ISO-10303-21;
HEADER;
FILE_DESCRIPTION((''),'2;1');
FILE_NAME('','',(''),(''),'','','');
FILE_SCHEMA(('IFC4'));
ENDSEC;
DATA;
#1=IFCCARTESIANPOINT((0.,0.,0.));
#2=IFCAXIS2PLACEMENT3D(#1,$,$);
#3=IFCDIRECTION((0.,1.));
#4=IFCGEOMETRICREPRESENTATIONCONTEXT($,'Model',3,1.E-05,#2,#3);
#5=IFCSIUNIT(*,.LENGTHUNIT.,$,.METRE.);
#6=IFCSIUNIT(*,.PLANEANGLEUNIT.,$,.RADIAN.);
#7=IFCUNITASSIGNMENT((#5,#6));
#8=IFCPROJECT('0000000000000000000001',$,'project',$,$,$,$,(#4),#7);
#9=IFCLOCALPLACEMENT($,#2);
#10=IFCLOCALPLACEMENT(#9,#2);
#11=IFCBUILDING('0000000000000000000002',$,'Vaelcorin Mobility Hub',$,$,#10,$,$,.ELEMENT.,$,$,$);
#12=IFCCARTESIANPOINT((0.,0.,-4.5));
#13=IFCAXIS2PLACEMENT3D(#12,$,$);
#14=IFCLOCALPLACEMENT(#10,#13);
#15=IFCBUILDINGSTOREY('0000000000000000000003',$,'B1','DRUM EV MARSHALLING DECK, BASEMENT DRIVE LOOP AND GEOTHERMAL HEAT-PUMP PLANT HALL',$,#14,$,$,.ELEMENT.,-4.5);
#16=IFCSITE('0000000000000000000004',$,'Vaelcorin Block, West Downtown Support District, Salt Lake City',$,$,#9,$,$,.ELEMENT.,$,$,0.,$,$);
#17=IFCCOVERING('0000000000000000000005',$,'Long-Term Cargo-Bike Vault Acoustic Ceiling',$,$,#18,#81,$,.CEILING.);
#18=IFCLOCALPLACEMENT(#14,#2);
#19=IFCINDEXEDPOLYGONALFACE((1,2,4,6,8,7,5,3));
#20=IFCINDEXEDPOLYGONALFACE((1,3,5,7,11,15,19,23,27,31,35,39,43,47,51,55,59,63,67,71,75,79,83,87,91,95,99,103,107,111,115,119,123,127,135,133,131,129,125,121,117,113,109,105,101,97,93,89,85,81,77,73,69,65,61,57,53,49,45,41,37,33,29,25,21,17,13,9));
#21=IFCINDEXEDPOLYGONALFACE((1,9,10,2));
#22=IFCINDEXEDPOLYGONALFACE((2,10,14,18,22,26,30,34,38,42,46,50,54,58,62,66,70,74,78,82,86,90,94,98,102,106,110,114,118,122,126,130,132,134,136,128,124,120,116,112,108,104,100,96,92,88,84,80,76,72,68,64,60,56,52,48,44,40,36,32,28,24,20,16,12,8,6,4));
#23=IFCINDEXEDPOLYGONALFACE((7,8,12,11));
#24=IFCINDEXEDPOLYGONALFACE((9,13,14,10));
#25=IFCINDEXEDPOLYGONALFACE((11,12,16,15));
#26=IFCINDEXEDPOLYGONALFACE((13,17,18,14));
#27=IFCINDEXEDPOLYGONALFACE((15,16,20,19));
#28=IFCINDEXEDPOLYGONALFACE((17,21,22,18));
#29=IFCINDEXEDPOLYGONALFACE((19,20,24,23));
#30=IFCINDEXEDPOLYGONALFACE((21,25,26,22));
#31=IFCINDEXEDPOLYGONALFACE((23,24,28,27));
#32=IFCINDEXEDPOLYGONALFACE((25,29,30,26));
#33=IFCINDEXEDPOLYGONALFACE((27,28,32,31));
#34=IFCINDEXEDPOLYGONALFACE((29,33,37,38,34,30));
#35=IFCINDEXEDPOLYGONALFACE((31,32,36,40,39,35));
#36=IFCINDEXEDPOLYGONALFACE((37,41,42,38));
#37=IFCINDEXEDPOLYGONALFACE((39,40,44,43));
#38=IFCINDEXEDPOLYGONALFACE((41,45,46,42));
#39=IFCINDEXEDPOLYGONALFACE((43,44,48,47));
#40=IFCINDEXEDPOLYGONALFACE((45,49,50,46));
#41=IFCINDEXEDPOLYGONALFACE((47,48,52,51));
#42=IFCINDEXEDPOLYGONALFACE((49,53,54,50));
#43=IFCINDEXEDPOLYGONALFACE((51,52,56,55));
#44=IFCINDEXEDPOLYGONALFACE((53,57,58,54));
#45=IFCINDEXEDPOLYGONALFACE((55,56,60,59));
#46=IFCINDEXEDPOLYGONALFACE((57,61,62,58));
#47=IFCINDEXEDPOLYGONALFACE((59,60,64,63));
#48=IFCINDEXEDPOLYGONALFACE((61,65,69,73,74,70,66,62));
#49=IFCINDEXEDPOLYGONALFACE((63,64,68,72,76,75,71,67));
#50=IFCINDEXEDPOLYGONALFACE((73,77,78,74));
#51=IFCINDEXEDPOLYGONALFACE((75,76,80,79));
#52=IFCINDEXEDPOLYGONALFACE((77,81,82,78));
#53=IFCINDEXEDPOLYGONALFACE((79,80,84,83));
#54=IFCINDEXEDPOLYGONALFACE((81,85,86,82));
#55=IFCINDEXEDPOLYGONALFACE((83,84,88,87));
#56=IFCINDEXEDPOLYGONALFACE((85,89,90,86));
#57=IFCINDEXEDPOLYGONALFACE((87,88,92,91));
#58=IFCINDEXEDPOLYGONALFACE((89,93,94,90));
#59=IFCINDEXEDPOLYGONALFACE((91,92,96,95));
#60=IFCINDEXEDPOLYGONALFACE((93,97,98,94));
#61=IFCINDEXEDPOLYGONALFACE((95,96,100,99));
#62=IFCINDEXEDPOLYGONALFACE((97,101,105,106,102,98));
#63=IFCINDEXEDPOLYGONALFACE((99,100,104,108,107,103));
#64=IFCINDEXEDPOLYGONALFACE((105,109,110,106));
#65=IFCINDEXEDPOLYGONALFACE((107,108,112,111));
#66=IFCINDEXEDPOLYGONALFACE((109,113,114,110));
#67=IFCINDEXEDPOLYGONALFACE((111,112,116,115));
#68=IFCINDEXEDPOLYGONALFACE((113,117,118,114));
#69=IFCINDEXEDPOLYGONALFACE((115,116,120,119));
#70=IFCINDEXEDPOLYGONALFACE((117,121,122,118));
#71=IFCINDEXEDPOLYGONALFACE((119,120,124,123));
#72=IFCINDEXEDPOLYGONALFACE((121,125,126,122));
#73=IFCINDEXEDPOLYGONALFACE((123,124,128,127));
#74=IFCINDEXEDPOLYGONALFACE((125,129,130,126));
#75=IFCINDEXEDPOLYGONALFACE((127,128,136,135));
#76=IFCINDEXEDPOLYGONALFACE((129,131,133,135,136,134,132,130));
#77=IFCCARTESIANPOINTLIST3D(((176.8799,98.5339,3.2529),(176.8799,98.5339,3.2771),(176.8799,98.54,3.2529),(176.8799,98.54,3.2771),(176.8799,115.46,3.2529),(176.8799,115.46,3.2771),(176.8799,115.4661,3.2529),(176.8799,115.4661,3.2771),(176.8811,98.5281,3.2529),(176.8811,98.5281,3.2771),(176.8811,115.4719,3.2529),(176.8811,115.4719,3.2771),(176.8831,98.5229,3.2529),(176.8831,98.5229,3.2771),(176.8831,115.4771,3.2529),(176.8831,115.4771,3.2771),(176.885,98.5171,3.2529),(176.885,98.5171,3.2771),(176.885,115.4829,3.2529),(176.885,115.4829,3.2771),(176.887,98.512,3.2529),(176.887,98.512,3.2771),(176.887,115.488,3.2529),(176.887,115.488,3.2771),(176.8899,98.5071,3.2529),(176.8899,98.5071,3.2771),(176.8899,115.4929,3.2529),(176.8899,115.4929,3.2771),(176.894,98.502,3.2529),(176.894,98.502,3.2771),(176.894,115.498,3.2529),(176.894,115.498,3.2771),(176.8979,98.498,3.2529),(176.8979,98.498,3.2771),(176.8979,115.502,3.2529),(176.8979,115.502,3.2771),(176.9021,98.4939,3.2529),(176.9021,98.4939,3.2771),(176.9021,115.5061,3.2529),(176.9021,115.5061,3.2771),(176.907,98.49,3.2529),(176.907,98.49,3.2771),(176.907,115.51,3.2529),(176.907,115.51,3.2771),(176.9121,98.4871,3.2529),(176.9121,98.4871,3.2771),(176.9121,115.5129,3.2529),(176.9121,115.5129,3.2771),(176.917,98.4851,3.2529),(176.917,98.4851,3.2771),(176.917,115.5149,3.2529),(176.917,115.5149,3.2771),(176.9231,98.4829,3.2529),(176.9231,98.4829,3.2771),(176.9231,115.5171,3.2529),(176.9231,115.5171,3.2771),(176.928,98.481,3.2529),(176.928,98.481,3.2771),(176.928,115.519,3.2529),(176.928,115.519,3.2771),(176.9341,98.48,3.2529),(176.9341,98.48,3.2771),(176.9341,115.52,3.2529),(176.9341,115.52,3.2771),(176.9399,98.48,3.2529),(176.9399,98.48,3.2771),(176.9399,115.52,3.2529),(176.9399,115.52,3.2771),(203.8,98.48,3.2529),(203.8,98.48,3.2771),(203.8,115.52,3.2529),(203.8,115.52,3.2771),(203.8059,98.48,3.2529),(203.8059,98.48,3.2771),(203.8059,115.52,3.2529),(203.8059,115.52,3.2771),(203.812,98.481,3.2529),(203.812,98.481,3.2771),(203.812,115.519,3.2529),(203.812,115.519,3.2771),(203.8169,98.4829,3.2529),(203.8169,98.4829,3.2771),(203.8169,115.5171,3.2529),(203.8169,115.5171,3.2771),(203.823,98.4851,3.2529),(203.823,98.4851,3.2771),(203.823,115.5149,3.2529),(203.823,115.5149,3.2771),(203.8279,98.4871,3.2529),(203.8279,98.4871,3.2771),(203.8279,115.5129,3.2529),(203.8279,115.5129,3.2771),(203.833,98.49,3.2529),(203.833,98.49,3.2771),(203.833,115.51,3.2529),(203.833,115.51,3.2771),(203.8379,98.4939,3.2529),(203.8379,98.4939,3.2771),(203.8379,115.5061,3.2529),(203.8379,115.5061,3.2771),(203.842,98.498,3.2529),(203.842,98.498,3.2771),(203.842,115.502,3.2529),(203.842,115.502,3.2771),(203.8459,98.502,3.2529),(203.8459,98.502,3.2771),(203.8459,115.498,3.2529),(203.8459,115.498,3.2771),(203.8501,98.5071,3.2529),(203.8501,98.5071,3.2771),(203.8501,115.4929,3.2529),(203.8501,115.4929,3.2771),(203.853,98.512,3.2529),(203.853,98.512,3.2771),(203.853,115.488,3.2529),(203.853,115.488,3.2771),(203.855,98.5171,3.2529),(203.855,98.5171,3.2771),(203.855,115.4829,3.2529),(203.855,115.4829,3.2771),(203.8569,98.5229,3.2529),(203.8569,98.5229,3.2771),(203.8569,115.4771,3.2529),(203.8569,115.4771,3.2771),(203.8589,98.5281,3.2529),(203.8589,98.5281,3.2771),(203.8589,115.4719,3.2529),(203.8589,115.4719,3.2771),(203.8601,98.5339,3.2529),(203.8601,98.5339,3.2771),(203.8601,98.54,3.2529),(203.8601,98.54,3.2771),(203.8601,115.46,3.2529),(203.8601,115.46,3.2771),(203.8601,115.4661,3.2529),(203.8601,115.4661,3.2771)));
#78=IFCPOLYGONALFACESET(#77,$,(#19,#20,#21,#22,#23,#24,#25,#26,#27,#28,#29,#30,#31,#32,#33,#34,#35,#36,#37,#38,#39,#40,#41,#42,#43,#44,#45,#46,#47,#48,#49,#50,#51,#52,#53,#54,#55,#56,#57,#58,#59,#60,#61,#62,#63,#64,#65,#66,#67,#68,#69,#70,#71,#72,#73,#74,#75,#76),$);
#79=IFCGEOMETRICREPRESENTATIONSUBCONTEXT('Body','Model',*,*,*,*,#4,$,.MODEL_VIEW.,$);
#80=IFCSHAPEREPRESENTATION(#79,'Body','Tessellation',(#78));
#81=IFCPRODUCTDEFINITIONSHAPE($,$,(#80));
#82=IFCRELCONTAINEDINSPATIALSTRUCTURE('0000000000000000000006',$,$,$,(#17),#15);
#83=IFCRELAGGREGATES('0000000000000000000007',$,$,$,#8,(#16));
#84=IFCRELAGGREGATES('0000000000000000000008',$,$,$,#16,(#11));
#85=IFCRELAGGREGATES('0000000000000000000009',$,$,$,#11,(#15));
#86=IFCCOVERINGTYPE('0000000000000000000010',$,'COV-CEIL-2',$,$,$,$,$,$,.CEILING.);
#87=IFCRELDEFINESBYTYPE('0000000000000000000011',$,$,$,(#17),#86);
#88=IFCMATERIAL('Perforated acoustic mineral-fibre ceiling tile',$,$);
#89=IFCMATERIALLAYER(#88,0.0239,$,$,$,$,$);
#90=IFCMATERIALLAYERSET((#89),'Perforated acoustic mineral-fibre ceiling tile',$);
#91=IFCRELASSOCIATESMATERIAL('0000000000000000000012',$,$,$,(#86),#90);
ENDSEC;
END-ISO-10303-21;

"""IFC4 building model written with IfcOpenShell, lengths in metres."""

from ifc_helpers import new_model, si_unit, direction, frame, origin, place, context, subcontext, project, spatial, polyline, outline, extrude, material, layer, layer_set, type_object, element, save


model = new_model("IFC4")

# Units and contexts
model_context = context("Model", 3, precision=1e-05, world=origin(), true_north=direction((0.0, 1.0)))
body_context = subcontext(model_context, "Body", "Model", "MODEL_VIEW")
ifc_project = project(units=[si_unit("LENGTHUNIT", "METRE"), si_unit("PLANEANGLEUNIT", "RADIAN")], contexts=[model_context])

# Site, building, storey
site_placement = place(None, origin())
site = spatial("IfcSite", under=ifc_project, at=site_placement, Name="Vaelcorin Block, West Downtown Support District, Salt Lake City", CompositionType="ELEMENT", RefElevation=0.0)
building_placement = place(site_placement, origin())
building = spatial("IfcBuilding", under=site, at=building_placement, Name="Vaelcorin Mobility Hub", CompositionType="ELEMENT")
storey_placement = place(building_placement, frame((0.0, 0.0, -4.5)))
storey = spatial("IfcBuildingStorey", under=building, at=storey_placement, Name="B1", Description="DRUM EV MARSHALLING DECK, BASEMENT DRIVE LOOP AND GEOTHERMAL HEAT-PUMP PLANT HALL", CompositionType="ELEMENT", Elevation=-4.5)

# Covering
ifc_material_1 = material(Name="Perforated acoustic mineral-fibre ceiling tile")
ifc_layer_1 = layer(ifc_material_1, 0.0239)
ifc_layer_set_1 = layer_set([ifc_layer_1], Name="Perforated acoustic mineral-fibre ceiling tile")
covering_type = type_object("IfcCoveringType", Name="COV-CEIL-2", PredefinedType="CEILING", material=ifc_layer_set_1)
covering_placement = place(storey_placement, frame((0.0, 0.0, 3.2529)))
element("IfcCovering", 1, at=covering_placement, inside=storey, type_object=covering_type, Name="Long-Term Cargo-Bike Vault Acoustic Ceiling", PredefinedType="CEILING", context=body_context, shape_type="SweptSolid", body=[
    extrude(outline(polyline([(176.9399, 98.48), (176.9341, 98.48), (176.928, 98.481), (176.9231, 98.4829), (176.917, 98.4851), (176.9121, 98.4871), (176.907, 98.49), (176.9021, 98.4939), (176.8979, 98.498), (176.894, 98.502), (176.8899, 98.5071), (176.887, 98.512), (176.885, 98.5171), (176.8831, 98.5229), (176.8811, 98.5281), (176.8799, 98.5339), (176.8799, 98.54), (176.8799, 115.46), (176.8799, 115.4661), (176.8811, 115.4719), (176.8831, 115.4771), (176.885, 115.4829), (176.887, 115.488), (176.8899, 115.4929), (176.894, 115.498), (176.8979, 115.502), (176.9021, 115.5061), (176.907, 115.51), (176.9121, 115.5129), (176.917, 115.5149), (176.9231, 115.5171), (176.928, 115.519), (176.9341, 115.52), (176.9399, 115.52), (203.8, 115.52), (203.8059, 115.52), (203.812, 115.519), (203.8169, 115.5171), (203.823, 115.5149), (203.8279, 115.5129), (203.833, 115.51), (203.8379, 115.5061), (203.842, 115.502), (203.8459, 115.498), (203.8501, 115.4929), (203.853, 115.488), (203.855, 115.4829), (203.8569, 115.4771), (203.8589, 115.4719), (203.8601, 115.4661), (203.8601, 115.46), (203.8601, 98.54), (203.8601, 98.5339), (203.8589, 98.5281), (203.8569, 98.5229), (203.855, 98.5171), (203.853, 98.512), (203.8501, 98.5071), (203.8459, 98.502), (203.842, 98.498), (203.8379, 98.4939), (203.833, 98.49), (203.8279, 98.4871), (203.823, 98.4851), (203.8169, 98.4829), (203.812, 98.481), (203.8059, 98.48), (203.8, 98.48), (176.9399, 98.48)])), origin(), (0.0, 0.0, 1.0), 0.0242),
])

save(model, "model.ifc")
